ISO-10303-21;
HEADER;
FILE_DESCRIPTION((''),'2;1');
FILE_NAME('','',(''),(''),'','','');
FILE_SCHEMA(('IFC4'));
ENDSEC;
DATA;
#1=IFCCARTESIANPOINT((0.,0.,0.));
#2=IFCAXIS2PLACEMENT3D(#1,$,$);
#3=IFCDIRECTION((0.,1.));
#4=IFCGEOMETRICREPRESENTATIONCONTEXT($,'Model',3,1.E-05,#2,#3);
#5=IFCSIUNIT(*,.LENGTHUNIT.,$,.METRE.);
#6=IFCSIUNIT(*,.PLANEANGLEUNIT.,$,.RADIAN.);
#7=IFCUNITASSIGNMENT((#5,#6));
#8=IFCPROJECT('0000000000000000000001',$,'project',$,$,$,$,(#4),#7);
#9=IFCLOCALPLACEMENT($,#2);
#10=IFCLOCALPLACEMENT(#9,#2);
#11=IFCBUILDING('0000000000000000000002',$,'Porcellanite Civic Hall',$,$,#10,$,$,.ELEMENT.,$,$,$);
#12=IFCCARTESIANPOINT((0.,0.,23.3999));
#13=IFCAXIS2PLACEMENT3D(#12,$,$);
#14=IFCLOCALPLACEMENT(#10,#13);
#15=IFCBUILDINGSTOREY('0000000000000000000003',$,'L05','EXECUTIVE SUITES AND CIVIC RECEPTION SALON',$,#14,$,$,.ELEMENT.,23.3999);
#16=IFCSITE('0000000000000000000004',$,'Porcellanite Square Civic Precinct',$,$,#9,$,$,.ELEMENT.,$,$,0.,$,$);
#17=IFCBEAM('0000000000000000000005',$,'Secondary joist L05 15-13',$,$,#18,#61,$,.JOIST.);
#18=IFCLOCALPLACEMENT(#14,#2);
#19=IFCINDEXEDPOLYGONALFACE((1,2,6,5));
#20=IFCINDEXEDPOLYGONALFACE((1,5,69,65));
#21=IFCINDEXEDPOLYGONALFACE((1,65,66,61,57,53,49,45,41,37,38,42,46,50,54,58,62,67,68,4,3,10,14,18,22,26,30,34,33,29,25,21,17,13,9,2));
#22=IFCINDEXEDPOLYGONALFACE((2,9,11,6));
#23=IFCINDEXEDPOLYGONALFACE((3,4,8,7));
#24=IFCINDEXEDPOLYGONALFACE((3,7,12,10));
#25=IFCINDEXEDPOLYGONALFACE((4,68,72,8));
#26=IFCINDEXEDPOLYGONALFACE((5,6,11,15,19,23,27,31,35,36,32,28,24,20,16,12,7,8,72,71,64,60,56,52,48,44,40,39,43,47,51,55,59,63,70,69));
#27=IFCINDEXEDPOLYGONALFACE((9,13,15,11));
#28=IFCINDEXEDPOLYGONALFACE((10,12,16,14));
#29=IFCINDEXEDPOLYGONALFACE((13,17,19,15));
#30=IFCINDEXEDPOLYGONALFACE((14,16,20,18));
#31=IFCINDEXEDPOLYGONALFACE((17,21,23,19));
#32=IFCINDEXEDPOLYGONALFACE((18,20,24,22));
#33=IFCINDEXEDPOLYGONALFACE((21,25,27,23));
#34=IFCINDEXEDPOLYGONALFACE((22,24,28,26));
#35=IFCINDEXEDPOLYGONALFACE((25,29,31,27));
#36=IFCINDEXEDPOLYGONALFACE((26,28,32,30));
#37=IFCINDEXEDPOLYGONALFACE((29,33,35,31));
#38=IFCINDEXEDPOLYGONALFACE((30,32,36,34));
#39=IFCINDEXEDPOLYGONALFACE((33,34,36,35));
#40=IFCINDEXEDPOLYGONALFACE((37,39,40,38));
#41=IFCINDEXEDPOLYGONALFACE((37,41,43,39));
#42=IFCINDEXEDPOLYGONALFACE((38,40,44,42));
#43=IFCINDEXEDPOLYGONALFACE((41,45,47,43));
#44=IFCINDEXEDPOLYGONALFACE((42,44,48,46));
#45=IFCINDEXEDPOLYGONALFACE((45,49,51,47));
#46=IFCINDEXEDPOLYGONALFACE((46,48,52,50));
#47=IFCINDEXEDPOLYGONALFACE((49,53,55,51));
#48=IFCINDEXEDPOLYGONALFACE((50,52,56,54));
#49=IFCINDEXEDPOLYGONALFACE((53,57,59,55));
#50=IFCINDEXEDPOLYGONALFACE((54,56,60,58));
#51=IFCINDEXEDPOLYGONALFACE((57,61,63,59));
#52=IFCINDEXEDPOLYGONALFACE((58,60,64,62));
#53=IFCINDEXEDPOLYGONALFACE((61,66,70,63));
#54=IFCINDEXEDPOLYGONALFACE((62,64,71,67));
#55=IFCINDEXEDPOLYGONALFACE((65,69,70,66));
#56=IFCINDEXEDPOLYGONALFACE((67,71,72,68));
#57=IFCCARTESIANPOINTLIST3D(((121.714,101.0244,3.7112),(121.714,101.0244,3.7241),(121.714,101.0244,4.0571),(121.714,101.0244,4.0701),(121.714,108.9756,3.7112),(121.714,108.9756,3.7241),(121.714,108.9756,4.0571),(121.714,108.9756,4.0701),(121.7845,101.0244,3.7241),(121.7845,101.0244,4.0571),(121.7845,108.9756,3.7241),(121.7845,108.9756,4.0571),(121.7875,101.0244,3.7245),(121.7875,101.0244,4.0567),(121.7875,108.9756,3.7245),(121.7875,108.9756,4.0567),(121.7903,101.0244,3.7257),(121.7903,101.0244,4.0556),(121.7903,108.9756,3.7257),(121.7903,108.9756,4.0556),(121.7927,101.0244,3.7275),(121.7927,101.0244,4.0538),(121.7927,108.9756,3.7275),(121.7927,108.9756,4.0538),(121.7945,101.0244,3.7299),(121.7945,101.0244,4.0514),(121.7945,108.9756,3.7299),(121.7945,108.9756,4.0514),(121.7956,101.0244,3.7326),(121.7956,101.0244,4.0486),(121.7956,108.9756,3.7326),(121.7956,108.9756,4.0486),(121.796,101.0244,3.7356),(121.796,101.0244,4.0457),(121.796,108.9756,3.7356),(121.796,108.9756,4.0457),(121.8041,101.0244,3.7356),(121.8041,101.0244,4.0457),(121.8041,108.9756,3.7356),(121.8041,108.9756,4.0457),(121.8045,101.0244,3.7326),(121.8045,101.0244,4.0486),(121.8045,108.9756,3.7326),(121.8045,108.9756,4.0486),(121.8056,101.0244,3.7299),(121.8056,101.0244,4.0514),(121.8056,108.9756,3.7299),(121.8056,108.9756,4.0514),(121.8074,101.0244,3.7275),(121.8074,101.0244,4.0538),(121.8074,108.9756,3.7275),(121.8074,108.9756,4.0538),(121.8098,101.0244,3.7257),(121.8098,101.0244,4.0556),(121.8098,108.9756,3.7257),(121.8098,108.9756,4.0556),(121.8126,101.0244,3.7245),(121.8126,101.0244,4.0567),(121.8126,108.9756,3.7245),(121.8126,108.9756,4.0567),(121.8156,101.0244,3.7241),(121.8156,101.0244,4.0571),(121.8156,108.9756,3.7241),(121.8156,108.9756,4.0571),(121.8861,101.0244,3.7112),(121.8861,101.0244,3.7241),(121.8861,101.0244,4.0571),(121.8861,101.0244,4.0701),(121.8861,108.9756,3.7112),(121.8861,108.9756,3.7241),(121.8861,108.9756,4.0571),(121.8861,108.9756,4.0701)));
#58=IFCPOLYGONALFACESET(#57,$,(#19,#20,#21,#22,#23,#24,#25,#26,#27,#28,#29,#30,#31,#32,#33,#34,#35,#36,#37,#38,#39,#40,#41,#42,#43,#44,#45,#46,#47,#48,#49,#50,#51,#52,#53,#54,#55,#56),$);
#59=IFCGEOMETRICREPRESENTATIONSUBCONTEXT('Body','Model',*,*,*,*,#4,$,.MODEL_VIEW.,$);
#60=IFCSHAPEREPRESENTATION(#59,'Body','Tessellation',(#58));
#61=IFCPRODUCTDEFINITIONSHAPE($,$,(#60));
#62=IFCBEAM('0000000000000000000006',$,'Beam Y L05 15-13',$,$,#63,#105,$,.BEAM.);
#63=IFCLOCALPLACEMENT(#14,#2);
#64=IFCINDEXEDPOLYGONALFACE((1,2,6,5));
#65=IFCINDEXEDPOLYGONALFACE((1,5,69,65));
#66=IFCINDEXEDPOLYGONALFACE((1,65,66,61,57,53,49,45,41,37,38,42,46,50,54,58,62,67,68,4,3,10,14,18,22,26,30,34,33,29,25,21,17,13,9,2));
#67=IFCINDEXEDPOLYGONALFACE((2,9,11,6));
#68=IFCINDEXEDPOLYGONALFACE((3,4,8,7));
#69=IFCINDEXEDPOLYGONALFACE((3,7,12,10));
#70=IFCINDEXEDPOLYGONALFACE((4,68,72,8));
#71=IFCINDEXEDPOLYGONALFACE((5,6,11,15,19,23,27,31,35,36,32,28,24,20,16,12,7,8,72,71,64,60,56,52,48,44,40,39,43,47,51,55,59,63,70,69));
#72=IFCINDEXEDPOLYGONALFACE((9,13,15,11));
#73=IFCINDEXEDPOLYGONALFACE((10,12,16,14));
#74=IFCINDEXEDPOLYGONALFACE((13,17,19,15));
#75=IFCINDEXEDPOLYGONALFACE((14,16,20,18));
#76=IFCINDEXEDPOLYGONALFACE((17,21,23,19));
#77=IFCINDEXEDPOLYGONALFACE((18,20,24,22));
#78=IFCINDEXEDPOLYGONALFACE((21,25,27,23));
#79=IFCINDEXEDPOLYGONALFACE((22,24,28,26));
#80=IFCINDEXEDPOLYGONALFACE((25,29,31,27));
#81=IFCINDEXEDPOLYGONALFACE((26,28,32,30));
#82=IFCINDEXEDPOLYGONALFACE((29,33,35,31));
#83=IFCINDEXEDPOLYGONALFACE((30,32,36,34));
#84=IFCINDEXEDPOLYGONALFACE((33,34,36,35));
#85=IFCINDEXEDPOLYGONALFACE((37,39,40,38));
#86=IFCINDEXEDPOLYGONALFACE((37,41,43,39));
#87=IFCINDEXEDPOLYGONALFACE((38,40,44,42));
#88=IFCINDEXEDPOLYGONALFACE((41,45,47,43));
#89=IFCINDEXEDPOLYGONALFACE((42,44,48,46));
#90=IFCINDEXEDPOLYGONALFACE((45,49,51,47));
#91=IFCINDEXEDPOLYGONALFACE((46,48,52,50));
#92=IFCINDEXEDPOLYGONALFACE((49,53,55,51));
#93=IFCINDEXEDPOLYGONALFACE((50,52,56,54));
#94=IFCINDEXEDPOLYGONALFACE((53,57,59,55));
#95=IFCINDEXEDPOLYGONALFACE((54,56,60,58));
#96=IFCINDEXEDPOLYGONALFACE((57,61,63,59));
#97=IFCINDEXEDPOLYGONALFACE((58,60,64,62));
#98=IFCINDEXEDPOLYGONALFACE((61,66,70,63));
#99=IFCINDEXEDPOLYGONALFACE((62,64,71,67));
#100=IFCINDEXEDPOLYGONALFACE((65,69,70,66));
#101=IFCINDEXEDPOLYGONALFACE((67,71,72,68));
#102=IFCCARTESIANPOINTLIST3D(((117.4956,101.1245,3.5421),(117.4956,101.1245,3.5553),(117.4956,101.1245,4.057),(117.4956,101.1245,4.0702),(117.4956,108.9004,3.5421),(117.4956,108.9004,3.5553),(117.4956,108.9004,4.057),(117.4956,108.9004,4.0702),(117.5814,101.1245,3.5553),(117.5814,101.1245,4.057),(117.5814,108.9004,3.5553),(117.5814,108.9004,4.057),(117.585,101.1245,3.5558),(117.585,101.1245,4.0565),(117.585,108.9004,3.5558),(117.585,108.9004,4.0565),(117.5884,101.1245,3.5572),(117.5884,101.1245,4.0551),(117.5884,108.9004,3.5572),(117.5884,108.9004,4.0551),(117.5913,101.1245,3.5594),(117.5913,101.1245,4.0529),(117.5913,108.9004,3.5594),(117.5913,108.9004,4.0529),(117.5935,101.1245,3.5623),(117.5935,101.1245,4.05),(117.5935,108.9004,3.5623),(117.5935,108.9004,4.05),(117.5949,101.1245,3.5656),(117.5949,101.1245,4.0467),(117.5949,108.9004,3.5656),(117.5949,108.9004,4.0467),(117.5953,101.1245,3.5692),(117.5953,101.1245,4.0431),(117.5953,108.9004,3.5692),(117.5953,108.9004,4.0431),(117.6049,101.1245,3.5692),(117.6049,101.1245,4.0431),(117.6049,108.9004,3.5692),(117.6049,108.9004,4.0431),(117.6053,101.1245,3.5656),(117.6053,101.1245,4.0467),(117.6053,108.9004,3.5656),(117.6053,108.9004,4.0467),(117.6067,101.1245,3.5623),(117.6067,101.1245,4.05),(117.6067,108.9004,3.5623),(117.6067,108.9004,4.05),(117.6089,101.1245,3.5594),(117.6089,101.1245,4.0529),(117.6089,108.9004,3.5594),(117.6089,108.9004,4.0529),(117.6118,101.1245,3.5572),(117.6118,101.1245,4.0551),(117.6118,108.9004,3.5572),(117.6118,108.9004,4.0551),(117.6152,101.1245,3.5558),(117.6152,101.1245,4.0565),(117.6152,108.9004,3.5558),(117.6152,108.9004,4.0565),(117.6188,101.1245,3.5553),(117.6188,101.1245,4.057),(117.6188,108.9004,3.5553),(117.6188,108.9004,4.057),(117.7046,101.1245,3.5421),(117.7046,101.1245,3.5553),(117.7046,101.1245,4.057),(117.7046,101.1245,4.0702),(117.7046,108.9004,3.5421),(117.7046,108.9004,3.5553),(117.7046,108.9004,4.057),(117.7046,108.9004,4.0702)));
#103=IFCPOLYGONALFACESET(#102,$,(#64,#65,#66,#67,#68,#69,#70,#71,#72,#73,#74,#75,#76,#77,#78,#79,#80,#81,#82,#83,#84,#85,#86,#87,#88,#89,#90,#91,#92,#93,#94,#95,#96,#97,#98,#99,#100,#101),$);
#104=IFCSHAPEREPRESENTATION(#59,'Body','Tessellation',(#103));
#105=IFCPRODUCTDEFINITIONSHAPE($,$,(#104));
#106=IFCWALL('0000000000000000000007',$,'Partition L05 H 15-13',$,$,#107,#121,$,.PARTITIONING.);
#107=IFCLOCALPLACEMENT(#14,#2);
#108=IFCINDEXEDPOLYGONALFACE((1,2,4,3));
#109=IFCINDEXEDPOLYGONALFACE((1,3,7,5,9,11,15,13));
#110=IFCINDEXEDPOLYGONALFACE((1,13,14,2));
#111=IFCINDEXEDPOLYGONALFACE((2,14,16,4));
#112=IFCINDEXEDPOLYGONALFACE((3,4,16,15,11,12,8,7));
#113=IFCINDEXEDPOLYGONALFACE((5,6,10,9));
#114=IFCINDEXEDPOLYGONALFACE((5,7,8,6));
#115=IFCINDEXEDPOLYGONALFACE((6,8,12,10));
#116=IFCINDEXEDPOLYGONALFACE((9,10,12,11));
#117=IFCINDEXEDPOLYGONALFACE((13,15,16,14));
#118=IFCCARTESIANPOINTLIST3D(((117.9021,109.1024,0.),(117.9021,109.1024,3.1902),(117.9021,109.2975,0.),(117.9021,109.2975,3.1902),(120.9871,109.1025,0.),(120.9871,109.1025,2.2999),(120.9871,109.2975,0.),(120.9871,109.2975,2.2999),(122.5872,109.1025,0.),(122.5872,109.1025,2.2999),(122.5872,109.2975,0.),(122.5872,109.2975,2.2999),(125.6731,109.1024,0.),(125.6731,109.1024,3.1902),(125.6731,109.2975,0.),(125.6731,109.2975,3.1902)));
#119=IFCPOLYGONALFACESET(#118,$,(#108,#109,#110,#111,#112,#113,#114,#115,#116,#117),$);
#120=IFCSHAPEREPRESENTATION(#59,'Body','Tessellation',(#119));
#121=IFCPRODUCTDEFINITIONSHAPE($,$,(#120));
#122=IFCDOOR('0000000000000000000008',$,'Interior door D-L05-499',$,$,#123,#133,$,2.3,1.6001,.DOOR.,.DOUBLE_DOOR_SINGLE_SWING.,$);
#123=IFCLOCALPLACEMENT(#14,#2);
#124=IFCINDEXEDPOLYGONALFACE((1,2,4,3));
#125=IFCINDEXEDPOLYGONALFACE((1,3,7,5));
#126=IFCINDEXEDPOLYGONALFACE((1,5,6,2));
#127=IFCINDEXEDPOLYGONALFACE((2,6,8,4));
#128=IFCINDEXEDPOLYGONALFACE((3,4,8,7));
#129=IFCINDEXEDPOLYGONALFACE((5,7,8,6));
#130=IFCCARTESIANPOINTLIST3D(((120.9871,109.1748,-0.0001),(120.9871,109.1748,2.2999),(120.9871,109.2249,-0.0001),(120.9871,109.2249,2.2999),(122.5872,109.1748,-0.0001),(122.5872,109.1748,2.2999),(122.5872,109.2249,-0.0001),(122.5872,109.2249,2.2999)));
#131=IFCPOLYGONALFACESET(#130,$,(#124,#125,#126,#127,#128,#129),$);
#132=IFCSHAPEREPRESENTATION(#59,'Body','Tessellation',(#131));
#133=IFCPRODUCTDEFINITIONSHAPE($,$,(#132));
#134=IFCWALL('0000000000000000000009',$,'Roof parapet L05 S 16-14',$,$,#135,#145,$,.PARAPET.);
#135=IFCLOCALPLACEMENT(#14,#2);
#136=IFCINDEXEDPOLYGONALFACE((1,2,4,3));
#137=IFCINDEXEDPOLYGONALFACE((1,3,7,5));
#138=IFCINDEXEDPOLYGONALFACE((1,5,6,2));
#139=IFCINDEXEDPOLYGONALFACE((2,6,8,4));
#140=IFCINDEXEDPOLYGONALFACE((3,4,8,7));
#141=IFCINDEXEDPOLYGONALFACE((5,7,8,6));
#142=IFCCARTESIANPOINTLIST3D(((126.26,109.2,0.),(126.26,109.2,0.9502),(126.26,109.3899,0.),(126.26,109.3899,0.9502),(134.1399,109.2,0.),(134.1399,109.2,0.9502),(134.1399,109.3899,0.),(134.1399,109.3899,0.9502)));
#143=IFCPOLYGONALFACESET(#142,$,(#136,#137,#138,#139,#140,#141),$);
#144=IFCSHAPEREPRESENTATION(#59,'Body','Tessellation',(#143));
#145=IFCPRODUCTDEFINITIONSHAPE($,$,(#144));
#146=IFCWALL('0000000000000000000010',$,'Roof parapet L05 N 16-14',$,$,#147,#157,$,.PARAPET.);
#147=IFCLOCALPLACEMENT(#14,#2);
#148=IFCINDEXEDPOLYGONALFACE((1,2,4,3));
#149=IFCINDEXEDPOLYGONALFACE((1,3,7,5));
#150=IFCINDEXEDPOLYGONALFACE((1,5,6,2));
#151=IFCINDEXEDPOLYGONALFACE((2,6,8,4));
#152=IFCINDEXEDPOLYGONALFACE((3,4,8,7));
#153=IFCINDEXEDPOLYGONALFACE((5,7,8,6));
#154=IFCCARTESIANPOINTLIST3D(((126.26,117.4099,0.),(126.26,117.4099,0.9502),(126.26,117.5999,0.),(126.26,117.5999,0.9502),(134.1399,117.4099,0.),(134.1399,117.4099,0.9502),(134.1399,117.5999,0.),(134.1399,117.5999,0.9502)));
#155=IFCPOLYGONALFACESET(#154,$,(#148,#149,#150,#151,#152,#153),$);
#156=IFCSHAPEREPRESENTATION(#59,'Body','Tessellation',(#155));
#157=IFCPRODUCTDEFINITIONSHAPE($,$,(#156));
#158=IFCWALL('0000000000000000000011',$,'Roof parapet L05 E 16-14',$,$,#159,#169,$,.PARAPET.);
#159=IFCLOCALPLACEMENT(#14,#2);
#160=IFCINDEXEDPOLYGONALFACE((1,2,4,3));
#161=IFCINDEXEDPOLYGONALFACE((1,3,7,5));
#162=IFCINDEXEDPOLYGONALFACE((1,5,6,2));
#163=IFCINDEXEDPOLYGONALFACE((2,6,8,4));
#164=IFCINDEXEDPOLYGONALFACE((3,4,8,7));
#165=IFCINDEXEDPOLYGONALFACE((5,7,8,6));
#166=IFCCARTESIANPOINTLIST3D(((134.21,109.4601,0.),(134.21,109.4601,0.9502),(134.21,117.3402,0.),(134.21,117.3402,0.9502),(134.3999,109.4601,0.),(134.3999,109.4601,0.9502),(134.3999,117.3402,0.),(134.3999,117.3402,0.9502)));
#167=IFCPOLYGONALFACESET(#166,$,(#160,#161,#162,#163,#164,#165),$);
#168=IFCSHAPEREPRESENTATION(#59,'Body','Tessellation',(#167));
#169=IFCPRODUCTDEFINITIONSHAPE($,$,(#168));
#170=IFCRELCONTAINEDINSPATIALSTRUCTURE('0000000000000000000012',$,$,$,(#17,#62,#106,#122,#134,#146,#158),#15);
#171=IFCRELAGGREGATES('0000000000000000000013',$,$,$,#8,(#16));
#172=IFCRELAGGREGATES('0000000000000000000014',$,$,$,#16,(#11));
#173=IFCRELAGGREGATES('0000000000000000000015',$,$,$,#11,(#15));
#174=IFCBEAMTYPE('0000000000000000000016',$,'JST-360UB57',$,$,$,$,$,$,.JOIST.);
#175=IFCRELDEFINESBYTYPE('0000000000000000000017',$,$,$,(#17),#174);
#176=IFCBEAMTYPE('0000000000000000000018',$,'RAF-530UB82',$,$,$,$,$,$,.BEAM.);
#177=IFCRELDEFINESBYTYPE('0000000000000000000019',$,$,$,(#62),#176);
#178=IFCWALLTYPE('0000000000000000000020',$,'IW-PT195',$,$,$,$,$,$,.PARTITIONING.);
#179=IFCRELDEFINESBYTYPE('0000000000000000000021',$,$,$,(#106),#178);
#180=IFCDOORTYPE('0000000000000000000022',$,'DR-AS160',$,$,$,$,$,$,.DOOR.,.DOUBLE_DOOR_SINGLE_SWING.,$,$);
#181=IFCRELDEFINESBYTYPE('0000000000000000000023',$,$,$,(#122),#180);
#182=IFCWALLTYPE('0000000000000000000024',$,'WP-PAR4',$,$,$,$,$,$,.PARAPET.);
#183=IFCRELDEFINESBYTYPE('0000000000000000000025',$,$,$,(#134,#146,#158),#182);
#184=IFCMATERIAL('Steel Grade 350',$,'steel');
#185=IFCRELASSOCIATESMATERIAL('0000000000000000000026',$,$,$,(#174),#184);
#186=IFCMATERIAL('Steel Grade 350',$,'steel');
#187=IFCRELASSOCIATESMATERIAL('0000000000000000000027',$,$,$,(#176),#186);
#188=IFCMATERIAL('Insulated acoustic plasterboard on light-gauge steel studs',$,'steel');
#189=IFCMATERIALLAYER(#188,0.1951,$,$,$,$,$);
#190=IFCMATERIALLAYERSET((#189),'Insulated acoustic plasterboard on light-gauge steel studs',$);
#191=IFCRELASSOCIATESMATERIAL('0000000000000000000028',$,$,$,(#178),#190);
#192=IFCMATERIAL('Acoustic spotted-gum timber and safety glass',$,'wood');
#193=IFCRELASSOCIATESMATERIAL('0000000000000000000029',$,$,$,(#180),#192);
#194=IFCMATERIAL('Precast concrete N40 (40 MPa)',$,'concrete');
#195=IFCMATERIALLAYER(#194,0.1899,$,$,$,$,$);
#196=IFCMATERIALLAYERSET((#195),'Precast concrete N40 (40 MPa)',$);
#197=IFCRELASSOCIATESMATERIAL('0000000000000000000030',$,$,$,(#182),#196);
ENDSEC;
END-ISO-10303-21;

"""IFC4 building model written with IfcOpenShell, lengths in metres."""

from ifc_helpers import new_model, si_unit, direction, frame, frame_2d, origin, origin_2d, place, context, subcontext, project, spatial, rectangle, i_section, extrude, material, layer, layer_set, material_profile, profile_set, type_object, element, fill, save


model = new_model("IFC4")

# Units and contexts
model_context = context("Model", 3, precision=1e-05, world=origin(), true_north=direction((0.0, 1.0)))
body_context = subcontext(model_context, "Body", "Model", "MODEL_VIEW")
ifc_project = project(units=[si_unit("LENGTHUNIT", "METRE"), si_unit("PLANEANGLEUNIT", "RADIAN")], contexts=[model_context])

# Site, building, storey
site_placement = place(None, origin())
site = spatial("IfcSite", under=ifc_project, at=site_placement, Name="Porcellanite Square Civic Precinct", CompositionType="ELEMENT", RefElevation=0.0)
building_placement = place(site_placement, origin())
building = spatial("IfcBuilding", under=site, at=building_placement, Name="Porcellanite Civic Hall", CompositionType="ELEMENT")
storey_placement = place(building_placement, frame((0.0, 0.0, 23.3999)))
storey = spatial("IfcBuildingStorey", under=building, at=storey_placement, Name="L05", Description="EXECUTIVE SUITES AND CIVIC RECEPTION SALON", CompositionType="ELEMENT", Elevation=23.3999)

# Beams
ifc_material_1 = material(Name="Steel Grade 350", Category="steel")
ifc_material_profile_1 = material_profile(ifc_material_1, i_section(OverallWidth=0.1721, OverallDepth=0.3589, WebThickness=0.0081, FlangeThickness=0.0129, FilletRadius=0.0115, at=origin_2d()), Name="360UB56.7")
ifc_profile_set_1 = profile_set([ifc_material_profile_1], Name="Steel Grade 350")
beam_type_1 = type_object("IfcBeamType", Name="JST-360UB57", PredefinedType="JOIST", material=ifc_profile_set_1)
beam_1_placement = place(storey_placement, frame((121.8, 101.0244, 3.8906), z_axis=(0.0, 1.0, 0.0), x_axis=(-1.0, 0.0, 0.0)))
element("IfcBeam", 1, at=beam_1_placement, inside=storey, type_object=beam_type_1, Name="Secondary joist L05 15-13", PredefinedType="JOIST", context=body_context, shape_type="SweptSolid", body=[
    extrude(i_section(OverallWidth=0.1721, OverallDepth=0.3589, WebThickness=0.0081, FlangeThickness=0.0129, FilletRadius=0.0115, at=origin_2d()), origin(), (0.0, 0.0, 1.0), 7.9512),
])
ifc_material_2 = material(Name="Steel Grade 350", Category="steel")
ifc_material_profile_2 = material_profile(ifc_material_2, i_section(OverallWidth=0.209, OverallDepth=0.5281, WebThickness=0.0095, FlangeThickness=0.0132, FilletRadius=0.0139, at=origin_2d()), Name="530UB82.0")
ifc_profile_set_2 = profile_set([ifc_material_profile_2], Name="Steel Grade 350")
beam_type_2 = type_object("IfcBeamType", Name="RAF-530UB82", PredefinedType="BEAM", material=ifc_profile_set_2)
beam_2_placement = place(storey_placement, frame((117.6001, 101.1245, 3.8062), z_axis=(0.0, 1.0, 0.0), x_axis=(-1.0, 0.0, 0.0)))
element("IfcBeam", 2, at=beam_2_placement, inside=storey, type_object=beam_type_2, Name="Beam Y L05 15-13", PredefinedType="BEAM", context=body_context, shape_type="SweptSolid", body=[
    extrude(i_section(OverallWidth=0.209, OverallDepth=0.5281, WebThickness=0.0095, FlangeThickness=0.0132, FilletRadius=0.0139, at=origin_2d()), origin(), (0.0, 0.0, 1.0), 7.7759),
])

# Wall, opening, door
ifc_material_3 = material(Name="Insulated acoustic plasterboard on light-gauge steel studs", Category="steel")
ifc_layer_1 = layer(ifc_material_3, 0.1951)
ifc_layer_set_1 = layer_set([ifc_layer_1], Name="Insulated acoustic plasterboard on light-gauge steel studs")
wall_type_1 = type_object("IfcWallType", Name="IW-PT195", PredefinedType="PARTITIONING", material=ifc_layer_set_1)
wall_1_placement = place(storey_placement, frame((117.9021, 109.2, 0.0), z_axis=(0.0, 0.0, 1.0), x_axis=(1.0, 0.0, 0.0)))
wall_1 = element("IfcWall", 3, at=wall_1_placement, inside=storey, type_object=wall_type_1, Name="Partition L05 H 15-13", PredefinedType="PARTITIONING", context=body_context, shape_type="SweptSolid", body=[
    extrude(rectangle(XDim=7.771, YDim=0.1951, at=frame_2d((3.8855, 0.0))), origin(), (0.0, 0.0, 1.0), 3.1902),
])
opening_1_placement = place(wall_1_placement, frame((3.085, 0.0, 0.0)))
opening_1 = element("IfcOpeningElement", 4, at=opening_1_placement, cuts=wall_1, PredefinedType="OPENING", context=body_context, shape_type="SweptSolid", body=[
    extrude(rectangle(XDim=1.6001, YDim=2.3, at=frame_2d((0.8, 1.1499))), frame((0.0, 0.0977, 0.0), z_axis=(0.0, -1.0, 0.0), x_axis=(1.0, 0.0, 0.0)), (0.0, 0.0, 1.0), 0.1951),
])
ifc_material_4 = material(Name="Acoustic spotted-gum timber and safety glass", Category="wood")
door_type_1 = type_object("IfcDoorType", Name="DR-AS160", OperationType="DOUBLE_DOOR_SINGLE_SWING", PredefinedType="DOOR", material=ifc_material_4)
door_1_placement = place(opening_1_placement, origin())
door_1 = element("IfcDoor", 5, at=door_1_placement, inside=storey, type_object=door_type_1, Name="Interior door D-L05-499", OperationType="DOUBLE_DOOR_SINGLE_SWING", OverallHeight=2.3, OverallWidth=1.6001, PredefinedType="DOOR", context=body_context, shape_type="SweptSolid", body=[
    extrude(rectangle(XDim=1.6001, YDim=2.3, at=frame_2d((0.8, 1.1499))), frame((0.0, 0.0249, 0.0), z_axis=(0.0, -1.0, 0.0), x_axis=(1.0, 0.0, 0.0)), (0.0, 0.0, 1.0), 0.05),
])
fill(opening_1, door_1)

# Walls
ifc_material_5 = material(Name="Precast concrete N40 (40 MPa)", Category="concrete")
ifc_layer_2 = layer(ifc_material_5, 0.1899)
ifc_layer_set_2 = layer_set([ifc_layer_2], Name="Precast concrete N40 (40 MPa)")
wall_type_2 = type_object("IfcWallType", Name="WP-PAR4", PredefinedType="PARAPET", material=ifc_layer_set_2)
for number, where, z_axis, x_axis, name in (
    (6, (134.1399, 109.2949, 0.0), (0.0, 0.0, 1.0), (-1.0, 0.0, 0.0), "Roof parapet L05 S 16-14"),
    (7, (126.26, 117.5049, 0.0), (0.0, 0.0, 1.0), (1.0, 0.0, 0.0), "Roof parapet L05 N 16-14"),
):
    element("IfcWall", number, at=place(storey_placement, frame(where, z_axis=z_axis, x_axis=x_axis)), inside=storey, type_object=wall_type_2, Name=name, PredefinedType="PARAPET", context=body_context, shape_type="SweptSolid", body=[
        extrude(rectangle(XDim=7.8799, YDim=0.1899, at=frame_2d((3.9399, 0.0))), origin(), (0.0, 0.0, 1.0), 0.9502),
    ])
wall_2_placement = place(storey_placement, frame((134.3049, 117.3401, 0.0), z_axis=(0.0, 0.0, 1.0), x_axis=(0.0, -1.0, 0.0)))
element("IfcWall", 8, at=wall_2_placement, inside=storey, type_object=wall_type_2, Name="Roof parapet L05 E 16-14", PredefinedType="PARAPET", context=body_context, shape_type="SweptSolid", body=[
    extrude(rectangle(XDim=7.8801, YDim=0.1899, at=frame_2d((3.9399, 0.0))), origin(), (0.0, 0.0, 1.0), 0.9502),
])

save(model, "model.ifc")
